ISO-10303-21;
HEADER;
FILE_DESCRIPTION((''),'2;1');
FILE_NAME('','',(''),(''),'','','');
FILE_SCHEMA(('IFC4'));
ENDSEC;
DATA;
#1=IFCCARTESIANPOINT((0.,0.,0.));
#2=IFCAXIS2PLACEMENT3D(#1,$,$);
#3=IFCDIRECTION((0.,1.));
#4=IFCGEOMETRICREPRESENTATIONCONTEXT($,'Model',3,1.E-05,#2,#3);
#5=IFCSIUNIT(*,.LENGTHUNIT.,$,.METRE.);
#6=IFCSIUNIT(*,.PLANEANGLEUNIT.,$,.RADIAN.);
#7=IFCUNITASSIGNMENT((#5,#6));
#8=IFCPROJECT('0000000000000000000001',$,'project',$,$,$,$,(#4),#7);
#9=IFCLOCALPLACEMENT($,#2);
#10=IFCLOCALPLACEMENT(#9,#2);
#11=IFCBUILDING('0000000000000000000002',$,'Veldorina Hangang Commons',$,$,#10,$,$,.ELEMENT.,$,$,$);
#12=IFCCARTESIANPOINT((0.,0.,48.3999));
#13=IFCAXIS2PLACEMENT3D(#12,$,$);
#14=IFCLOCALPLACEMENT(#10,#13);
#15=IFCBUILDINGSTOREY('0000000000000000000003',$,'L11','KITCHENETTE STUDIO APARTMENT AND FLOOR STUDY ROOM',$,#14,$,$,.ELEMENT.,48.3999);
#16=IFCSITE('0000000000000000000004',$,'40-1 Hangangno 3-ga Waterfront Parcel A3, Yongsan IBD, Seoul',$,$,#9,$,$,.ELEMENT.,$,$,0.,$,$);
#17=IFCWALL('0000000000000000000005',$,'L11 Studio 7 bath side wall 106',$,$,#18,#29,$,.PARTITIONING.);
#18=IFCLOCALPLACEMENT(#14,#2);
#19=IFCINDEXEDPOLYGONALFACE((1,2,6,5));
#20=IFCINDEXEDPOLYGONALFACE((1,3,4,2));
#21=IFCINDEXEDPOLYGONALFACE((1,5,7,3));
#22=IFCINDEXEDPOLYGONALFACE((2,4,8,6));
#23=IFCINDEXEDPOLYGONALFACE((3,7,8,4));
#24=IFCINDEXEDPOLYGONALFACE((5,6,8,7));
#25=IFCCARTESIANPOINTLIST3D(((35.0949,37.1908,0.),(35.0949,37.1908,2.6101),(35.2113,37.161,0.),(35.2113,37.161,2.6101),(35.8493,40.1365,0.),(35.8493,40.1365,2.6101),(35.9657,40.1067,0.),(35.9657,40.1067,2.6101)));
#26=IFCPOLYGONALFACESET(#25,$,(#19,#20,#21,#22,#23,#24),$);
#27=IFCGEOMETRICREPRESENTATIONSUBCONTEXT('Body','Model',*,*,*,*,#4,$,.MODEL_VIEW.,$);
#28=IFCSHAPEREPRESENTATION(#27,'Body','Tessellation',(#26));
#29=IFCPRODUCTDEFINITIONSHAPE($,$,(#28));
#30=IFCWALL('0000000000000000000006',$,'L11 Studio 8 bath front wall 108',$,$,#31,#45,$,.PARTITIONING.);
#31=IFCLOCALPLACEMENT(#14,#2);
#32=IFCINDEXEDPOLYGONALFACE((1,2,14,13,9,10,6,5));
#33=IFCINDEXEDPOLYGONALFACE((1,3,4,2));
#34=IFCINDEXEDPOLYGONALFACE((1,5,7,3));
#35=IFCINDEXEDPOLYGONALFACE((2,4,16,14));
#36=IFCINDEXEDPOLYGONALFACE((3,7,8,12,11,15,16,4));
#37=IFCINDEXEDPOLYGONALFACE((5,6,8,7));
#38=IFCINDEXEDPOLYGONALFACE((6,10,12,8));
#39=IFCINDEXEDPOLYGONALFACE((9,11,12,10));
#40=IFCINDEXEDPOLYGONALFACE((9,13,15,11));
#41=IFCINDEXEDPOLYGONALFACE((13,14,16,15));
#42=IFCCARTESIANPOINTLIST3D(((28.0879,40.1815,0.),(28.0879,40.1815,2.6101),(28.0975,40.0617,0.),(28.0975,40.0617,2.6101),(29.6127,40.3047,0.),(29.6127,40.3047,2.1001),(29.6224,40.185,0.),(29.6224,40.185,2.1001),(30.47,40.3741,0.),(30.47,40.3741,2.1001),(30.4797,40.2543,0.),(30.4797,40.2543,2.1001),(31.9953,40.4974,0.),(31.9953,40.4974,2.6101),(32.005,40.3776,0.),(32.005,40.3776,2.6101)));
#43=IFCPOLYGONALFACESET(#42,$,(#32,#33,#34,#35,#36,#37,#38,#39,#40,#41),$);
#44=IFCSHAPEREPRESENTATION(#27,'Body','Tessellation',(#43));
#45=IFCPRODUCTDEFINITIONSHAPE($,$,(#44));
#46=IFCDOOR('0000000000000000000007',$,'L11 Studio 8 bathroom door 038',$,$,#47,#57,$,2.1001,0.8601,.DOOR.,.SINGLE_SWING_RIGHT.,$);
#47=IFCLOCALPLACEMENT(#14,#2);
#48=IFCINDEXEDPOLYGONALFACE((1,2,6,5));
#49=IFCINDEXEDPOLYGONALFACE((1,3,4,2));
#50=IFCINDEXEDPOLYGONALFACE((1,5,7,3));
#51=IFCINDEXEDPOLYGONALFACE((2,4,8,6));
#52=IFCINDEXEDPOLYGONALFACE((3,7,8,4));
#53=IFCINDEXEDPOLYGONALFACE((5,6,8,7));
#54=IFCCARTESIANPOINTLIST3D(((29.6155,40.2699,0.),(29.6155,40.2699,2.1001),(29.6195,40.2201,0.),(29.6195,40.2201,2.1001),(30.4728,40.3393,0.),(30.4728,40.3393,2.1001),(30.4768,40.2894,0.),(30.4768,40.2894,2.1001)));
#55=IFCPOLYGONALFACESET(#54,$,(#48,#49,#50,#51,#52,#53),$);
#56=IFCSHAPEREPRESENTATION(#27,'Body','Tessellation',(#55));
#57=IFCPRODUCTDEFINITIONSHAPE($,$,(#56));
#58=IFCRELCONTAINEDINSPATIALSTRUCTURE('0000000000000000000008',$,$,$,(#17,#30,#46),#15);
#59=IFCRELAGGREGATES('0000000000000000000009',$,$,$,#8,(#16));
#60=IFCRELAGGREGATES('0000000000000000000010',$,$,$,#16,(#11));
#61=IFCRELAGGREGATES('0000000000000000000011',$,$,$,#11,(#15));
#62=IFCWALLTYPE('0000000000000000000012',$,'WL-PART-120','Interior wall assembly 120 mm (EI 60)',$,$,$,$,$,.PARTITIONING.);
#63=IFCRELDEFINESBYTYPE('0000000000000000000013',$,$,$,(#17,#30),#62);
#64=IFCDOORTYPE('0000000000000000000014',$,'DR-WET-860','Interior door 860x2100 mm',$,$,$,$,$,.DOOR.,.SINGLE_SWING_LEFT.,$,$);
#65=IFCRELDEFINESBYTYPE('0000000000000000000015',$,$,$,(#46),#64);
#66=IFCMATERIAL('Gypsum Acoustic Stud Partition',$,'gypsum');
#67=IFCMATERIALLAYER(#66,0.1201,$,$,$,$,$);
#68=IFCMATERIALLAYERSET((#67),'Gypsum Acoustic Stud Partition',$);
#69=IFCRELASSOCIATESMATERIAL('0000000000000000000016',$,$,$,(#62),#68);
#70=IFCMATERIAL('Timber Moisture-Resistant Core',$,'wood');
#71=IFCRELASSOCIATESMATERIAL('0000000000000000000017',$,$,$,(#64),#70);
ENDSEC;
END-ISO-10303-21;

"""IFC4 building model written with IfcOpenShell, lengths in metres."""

from ifc_helpers import new_model, si_unit, direction, frame, frame_2d, origin, place, context, subcontext, project, spatial, rectangle, extrude, material, layer, layer_set, type_object, element, fill, save


model = new_model("IFC4")

# Units and contexts
model_context = context("Model", 3, precision=1e-05, world=origin(), true_north=direction((0.0, 1.0)))
body_context = subcontext(model_context, "Body", "Model", "MODEL_VIEW")
ifc_project = project(units=[si_unit("LENGTHUNIT", "METRE"), si_unit("PLANEANGLEUNIT", "RADIAN")], contexts=[model_context])

# Site, building, storey
site_placement = place(None, origin())
site = spatial("IfcSite", under=ifc_project, at=site_placement, Name="40-1 Hangangno 3-ga Waterfront Parcel A3, Yongsan IBD, Seoul", CompositionType="ELEMENT", RefElevation=0.0)
building_placement = place(site_placement, origin())
building = spatial("IfcBuilding", under=site, at=building_placement, Name="Veldorina Hangang Commons", CompositionType="ELEMENT")
storey_placement = place(building_placement, frame((0.0, 0.0, 48.3999)))
storey = spatial("IfcBuildingStorey", under=building, at=storey_placement, Name="L11", Description="KITCHENETTE STUDIO APARTMENT AND FLOOR STUDY ROOM", CompositionType="ELEMENT", Elevation=48.3999)

# Shared definitions
ifc_material_1 = material(Name="Gypsum Acoustic Stud Partition", Category="gypsum")
ifc_layer_1 = layer(ifc_material_1, 0.1201)
ifc_layer_set_1 = layer_set([ifc_layer_1], Name="Gypsum Acoustic Stud Partition")
wall_type_1 = type_object("IfcWallType", Name="WL-PART-120", Description="Interior wall assembly 120 mm (EI 60)", PredefinedType="PARTITIONING", material=ifc_layer_set_1)

# Shared definitions
ifc_material_2 = material(Name="Timber Moisture-Resistant Core", Category="wood")
door_type_1 = type_object("IfcDoorType", Name="DR-WET-860", Description="Interior door 860x2100 mm", OperationType="SINGLE_SWING_LEFT", PredefinedType="DOOR", material=ifc_material_2)

# Wall
wall_1_placement = place(storey_placement, frame((35.1531, 37.1758, 0.0), z_axis=(0.0, 0.0, 1.0), x_axis=(0.248086, 0.968738, 0.0)))
element("IfcWall", 1, at=wall_1_placement, inside=storey, type_object=wall_type_1, Name="L11 Studio 7 bath side wall 106", PredefinedType="PARTITIONING", context=body_context, shape_type="SweptSolid", body=[
    extrude(rectangle(XDim=3.0408, YDim=0.1201, at=frame_2d((1.5205, 0.0))), origin(), (0.0, 0.0, 1.0), 2.6101),
])

# Wall, opening, door
wall_2_placement = place(storey_placement, frame((32.0, 40.4375, 0.0), z_axis=(0.0, 0.0, 1.0), x_axis=(-0.996748, -0.080587, 0.0)))
wall_2 = element("IfcWall", 2, at=wall_2_placement, inside=storey, type_object=wall_type_1, Name="L11 Studio 8 bath front wall 108", PredefinedType="PARTITIONING", context=body_context, shape_type="SweptSolid", body=[
    extrude(rectangle(XDim=3.9202, YDim=0.1201, at=frame_2d((1.96, 0.0))), origin(), (0.0, 0.0, 1.0), 2.6101),
])
opening_1_placement = place(wall_2_placement, frame((1.53, 0.0, 0.0)))
opening_1 = element("IfcOpeningElement", 3, at=opening_1_placement, cuts=wall_2, PredefinedType="OPENING", context=body_context, shape_type="SweptSolid", body=[
    extrude(rectangle(XDim=0.8601, YDim=2.1001, at=frame_2d((0.4302, 1.05))), frame((0.0, 0.0701, 0.0), z_axis=(0.0, -1.0, 0.0), x_axis=(1.0, 0.0, 0.0)), (0.0, 0.0, 1.0), 0.1401),
])
door_1_placement = place(opening_1_placement, origin())
door_1 = element("IfcDoor", 4, at=door_1_placement, inside=storey, type_object=door_type_1, Name="L11 Studio 8 bathroom door 038", OperationType="SINGLE_SWING_RIGHT", OverallHeight=2.1001, OverallWidth=0.8601, PredefinedType="DOOR", context=body_context, shape_type="SweptSolid", body=[
    extrude(rectangle(XDim=0.8601, YDim=2.1001, at=frame_2d((0.4302, 1.05))), frame((0.0, 0.0249, 0.0), z_axis=(0.0, -1.0, 0.0), x_axis=(1.0, 0.0, 0.0)), (0.0, 0.0, 1.0), 0.05),
])
fill(opening_1, door_1)

save(model, "model.ifc")
